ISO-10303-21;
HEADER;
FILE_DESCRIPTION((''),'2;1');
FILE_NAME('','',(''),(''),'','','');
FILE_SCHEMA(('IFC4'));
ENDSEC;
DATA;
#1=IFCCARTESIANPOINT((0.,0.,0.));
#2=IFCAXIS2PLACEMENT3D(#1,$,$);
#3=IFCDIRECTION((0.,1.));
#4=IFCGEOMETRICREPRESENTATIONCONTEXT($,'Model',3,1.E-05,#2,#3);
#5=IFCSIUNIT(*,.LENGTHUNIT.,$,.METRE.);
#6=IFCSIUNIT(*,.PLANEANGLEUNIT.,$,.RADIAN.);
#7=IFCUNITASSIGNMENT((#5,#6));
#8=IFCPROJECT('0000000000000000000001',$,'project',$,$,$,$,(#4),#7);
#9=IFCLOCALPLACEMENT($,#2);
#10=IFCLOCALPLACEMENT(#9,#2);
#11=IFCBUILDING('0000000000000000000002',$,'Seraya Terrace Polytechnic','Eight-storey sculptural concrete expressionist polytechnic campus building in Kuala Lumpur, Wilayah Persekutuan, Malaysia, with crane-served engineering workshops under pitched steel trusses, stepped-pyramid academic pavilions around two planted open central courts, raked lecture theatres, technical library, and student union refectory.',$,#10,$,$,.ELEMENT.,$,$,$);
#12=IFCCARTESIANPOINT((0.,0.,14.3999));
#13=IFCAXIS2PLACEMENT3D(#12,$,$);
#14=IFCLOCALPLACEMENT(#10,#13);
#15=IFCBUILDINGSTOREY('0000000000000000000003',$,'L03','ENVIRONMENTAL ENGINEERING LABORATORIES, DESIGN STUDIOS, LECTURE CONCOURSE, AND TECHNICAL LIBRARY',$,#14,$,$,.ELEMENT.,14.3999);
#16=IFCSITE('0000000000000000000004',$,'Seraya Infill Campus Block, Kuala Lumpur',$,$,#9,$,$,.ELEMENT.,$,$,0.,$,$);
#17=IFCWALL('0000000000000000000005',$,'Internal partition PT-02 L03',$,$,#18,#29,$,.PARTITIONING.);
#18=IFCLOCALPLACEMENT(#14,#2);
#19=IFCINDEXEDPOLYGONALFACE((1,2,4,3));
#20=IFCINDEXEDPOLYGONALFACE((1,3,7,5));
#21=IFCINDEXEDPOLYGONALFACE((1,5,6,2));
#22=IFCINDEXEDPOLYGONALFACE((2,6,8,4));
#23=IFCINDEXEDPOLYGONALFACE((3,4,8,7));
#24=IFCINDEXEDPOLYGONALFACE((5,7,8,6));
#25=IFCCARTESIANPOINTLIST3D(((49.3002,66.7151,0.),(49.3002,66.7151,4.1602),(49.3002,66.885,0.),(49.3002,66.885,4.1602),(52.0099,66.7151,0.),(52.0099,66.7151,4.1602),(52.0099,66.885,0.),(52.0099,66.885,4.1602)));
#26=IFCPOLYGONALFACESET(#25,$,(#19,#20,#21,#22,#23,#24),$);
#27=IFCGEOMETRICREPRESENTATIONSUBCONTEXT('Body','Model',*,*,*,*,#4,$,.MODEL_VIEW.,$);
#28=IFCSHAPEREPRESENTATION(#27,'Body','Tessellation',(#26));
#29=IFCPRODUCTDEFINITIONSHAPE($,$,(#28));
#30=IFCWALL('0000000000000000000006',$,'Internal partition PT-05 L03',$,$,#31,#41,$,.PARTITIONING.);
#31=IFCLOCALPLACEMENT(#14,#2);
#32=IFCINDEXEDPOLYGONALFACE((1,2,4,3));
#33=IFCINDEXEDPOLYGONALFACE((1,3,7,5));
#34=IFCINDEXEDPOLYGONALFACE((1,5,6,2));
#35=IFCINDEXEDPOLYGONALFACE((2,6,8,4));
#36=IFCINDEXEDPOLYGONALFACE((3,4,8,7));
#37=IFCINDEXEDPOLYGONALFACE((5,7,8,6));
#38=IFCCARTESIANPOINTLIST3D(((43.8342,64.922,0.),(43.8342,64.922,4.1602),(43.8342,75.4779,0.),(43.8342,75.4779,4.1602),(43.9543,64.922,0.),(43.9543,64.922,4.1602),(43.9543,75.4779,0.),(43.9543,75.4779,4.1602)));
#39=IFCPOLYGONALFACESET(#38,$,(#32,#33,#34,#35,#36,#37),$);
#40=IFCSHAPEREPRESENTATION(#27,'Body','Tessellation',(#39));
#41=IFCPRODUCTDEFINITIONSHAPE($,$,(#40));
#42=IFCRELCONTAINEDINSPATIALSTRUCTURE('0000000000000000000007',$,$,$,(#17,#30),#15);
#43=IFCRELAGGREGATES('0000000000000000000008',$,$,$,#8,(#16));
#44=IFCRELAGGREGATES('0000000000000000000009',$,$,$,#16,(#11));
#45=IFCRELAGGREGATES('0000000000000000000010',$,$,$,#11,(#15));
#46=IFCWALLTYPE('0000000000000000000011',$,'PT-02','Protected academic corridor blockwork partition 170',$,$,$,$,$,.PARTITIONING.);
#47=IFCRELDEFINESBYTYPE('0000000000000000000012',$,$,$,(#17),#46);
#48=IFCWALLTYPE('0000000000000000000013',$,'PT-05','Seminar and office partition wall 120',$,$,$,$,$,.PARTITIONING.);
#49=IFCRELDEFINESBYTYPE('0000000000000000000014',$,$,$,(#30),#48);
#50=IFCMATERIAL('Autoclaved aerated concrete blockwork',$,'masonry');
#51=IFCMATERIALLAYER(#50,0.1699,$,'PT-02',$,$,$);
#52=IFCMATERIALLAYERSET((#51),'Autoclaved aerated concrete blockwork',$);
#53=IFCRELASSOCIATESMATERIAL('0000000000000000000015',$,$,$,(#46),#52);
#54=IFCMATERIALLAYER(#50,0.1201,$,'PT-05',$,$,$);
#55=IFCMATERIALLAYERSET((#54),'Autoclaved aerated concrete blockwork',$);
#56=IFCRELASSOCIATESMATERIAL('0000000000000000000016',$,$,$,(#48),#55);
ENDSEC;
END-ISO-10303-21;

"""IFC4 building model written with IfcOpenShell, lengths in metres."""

from ifc_helpers import new_model, si_unit, direction, frame, frame_2d, origin, place, context, subcontext, project, spatial, rectangle, extrude, material, layer, layer_set, type_object, element, save


model = new_model("IFC4")

# Units and contexts
model_context = context("Model", 3, precision=1e-05, world=origin(), true_north=direction((0.0, 1.0)))
body_context = subcontext(model_context, "Body", "Model", "MODEL_VIEW")
ifc_project = project(units=[si_unit("LENGTHUNIT", "METRE"), si_unit("PLANEANGLEUNIT", "RADIAN")], contexts=[model_context])

# Site, building, storey
site_placement = place(None, origin())
site = spatial("IfcSite", under=ifc_project, at=site_placement, Name="Seraya Infill Campus Block, Kuala Lumpur", CompositionType="ELEMENT", RefElevation=0.0)
building_placement = place(site_placement, origin())
building = spatial("IfcBuilding", under=site, at=building_placement, Name="Seraya Terrace Polytechnic", Description="Eight-storey sculptural concrete expressionist polytechnic campus building in Kuala Lumpur, Wilayah Persekutuan, Malaysia, with crane-served engineering workshops under pitched steel trusses, stepped-pyramid academic pavilions around two planted open central courts, raked lecture theatres, technical library, and student union refectory.", CompositionType="ELEMENT")
storey_placement = place(building_placement, frame((0.0, 0.0, 14.3999)))
storey = spatial("IfcBuildingStorey", under=building, at=storey_placement, Name="L03", Description="ENVIRONMENTAL ENGINEERING LABORATORIES, DESIGN STUDIOS, LECTURE CONCOURSE, AND TECHNICAL LIBRARY", CompositionType="ELEMENT", Elevation=14.3999)

# Shared definitions
ifc_material_1 = material(Name="Autoclaved aerated concrete blockwork", Category="masonry")
ifc_layer_1 = layer(ifc_material_1, 0.1699, Name="PT-02")
ifc_layer_set_1 = layer_set([ifc_layer_1], Name="Autoclaved aerated concrete blockwork")
wall_type_1 = type_object("IfcWallType", Name="PT-02", Description="Protected academic corridor blockwork partition 170", PredefinedType="PARTITIONING", material=ifc_layer_set_1)

# Walls
wall_1_placement = place(storey_placement, frame((49.3, 66.8, 0.0), z_axis=(0.0, 0.0, 1.0), x_axis=(1.0, 0.0, 0.0)))
element("IfcWall", 1, at=wall_1_placement, inside=storey, type_object=wall_type_1, Name="Internal partition PT-02 L03", PredefinedType="PARTITIONING", context=body_context, shape_type="SweptSolid", body=[
    extrude(rectangle(XDim=2.7097, YDim=0.1699, at=frame_2d((1.355, 0.0))), origin(), (0.0, 0.0, 1.0), 4.1602),
])
ifc_layer_2 = layer(ifc_material_1, 0.1201, Name="PT-05")
ifc_layer_set_2 = layer_set([ifc_layer_2], Name="Autoclaved aerated concrete blockwork")
wall_type_2 = type_object("IfcWallType", Name="PT-05", Description="Seminar and office partition wall 120", PredefinedType="PARTITIONING", material=ifc_layer_set_2)
wall_2_placement = place(storey_placement, frame((43.8943, 64.9221, 0.0), z_axis=(0.0, 0.0, 1.0), x_axis=(0.0, 1.0, 0.0)))
element("IfcWall", 2, at=wall_2_placement, inside=storey, type_object=wall_type_2, Name="Internal partition PT-05 L03", PredefinedType="PARTITIONING", context=body_context, shape_type="SweptSolid", body=[
    extrude(rectangle(XDim=10.5559, YDim=0.1201, at=frame_2d((5.2778, 0.0))), origin(), (0.0, 0.0, 1.0), 4.1602),
])

save(model, "model.ifc")
